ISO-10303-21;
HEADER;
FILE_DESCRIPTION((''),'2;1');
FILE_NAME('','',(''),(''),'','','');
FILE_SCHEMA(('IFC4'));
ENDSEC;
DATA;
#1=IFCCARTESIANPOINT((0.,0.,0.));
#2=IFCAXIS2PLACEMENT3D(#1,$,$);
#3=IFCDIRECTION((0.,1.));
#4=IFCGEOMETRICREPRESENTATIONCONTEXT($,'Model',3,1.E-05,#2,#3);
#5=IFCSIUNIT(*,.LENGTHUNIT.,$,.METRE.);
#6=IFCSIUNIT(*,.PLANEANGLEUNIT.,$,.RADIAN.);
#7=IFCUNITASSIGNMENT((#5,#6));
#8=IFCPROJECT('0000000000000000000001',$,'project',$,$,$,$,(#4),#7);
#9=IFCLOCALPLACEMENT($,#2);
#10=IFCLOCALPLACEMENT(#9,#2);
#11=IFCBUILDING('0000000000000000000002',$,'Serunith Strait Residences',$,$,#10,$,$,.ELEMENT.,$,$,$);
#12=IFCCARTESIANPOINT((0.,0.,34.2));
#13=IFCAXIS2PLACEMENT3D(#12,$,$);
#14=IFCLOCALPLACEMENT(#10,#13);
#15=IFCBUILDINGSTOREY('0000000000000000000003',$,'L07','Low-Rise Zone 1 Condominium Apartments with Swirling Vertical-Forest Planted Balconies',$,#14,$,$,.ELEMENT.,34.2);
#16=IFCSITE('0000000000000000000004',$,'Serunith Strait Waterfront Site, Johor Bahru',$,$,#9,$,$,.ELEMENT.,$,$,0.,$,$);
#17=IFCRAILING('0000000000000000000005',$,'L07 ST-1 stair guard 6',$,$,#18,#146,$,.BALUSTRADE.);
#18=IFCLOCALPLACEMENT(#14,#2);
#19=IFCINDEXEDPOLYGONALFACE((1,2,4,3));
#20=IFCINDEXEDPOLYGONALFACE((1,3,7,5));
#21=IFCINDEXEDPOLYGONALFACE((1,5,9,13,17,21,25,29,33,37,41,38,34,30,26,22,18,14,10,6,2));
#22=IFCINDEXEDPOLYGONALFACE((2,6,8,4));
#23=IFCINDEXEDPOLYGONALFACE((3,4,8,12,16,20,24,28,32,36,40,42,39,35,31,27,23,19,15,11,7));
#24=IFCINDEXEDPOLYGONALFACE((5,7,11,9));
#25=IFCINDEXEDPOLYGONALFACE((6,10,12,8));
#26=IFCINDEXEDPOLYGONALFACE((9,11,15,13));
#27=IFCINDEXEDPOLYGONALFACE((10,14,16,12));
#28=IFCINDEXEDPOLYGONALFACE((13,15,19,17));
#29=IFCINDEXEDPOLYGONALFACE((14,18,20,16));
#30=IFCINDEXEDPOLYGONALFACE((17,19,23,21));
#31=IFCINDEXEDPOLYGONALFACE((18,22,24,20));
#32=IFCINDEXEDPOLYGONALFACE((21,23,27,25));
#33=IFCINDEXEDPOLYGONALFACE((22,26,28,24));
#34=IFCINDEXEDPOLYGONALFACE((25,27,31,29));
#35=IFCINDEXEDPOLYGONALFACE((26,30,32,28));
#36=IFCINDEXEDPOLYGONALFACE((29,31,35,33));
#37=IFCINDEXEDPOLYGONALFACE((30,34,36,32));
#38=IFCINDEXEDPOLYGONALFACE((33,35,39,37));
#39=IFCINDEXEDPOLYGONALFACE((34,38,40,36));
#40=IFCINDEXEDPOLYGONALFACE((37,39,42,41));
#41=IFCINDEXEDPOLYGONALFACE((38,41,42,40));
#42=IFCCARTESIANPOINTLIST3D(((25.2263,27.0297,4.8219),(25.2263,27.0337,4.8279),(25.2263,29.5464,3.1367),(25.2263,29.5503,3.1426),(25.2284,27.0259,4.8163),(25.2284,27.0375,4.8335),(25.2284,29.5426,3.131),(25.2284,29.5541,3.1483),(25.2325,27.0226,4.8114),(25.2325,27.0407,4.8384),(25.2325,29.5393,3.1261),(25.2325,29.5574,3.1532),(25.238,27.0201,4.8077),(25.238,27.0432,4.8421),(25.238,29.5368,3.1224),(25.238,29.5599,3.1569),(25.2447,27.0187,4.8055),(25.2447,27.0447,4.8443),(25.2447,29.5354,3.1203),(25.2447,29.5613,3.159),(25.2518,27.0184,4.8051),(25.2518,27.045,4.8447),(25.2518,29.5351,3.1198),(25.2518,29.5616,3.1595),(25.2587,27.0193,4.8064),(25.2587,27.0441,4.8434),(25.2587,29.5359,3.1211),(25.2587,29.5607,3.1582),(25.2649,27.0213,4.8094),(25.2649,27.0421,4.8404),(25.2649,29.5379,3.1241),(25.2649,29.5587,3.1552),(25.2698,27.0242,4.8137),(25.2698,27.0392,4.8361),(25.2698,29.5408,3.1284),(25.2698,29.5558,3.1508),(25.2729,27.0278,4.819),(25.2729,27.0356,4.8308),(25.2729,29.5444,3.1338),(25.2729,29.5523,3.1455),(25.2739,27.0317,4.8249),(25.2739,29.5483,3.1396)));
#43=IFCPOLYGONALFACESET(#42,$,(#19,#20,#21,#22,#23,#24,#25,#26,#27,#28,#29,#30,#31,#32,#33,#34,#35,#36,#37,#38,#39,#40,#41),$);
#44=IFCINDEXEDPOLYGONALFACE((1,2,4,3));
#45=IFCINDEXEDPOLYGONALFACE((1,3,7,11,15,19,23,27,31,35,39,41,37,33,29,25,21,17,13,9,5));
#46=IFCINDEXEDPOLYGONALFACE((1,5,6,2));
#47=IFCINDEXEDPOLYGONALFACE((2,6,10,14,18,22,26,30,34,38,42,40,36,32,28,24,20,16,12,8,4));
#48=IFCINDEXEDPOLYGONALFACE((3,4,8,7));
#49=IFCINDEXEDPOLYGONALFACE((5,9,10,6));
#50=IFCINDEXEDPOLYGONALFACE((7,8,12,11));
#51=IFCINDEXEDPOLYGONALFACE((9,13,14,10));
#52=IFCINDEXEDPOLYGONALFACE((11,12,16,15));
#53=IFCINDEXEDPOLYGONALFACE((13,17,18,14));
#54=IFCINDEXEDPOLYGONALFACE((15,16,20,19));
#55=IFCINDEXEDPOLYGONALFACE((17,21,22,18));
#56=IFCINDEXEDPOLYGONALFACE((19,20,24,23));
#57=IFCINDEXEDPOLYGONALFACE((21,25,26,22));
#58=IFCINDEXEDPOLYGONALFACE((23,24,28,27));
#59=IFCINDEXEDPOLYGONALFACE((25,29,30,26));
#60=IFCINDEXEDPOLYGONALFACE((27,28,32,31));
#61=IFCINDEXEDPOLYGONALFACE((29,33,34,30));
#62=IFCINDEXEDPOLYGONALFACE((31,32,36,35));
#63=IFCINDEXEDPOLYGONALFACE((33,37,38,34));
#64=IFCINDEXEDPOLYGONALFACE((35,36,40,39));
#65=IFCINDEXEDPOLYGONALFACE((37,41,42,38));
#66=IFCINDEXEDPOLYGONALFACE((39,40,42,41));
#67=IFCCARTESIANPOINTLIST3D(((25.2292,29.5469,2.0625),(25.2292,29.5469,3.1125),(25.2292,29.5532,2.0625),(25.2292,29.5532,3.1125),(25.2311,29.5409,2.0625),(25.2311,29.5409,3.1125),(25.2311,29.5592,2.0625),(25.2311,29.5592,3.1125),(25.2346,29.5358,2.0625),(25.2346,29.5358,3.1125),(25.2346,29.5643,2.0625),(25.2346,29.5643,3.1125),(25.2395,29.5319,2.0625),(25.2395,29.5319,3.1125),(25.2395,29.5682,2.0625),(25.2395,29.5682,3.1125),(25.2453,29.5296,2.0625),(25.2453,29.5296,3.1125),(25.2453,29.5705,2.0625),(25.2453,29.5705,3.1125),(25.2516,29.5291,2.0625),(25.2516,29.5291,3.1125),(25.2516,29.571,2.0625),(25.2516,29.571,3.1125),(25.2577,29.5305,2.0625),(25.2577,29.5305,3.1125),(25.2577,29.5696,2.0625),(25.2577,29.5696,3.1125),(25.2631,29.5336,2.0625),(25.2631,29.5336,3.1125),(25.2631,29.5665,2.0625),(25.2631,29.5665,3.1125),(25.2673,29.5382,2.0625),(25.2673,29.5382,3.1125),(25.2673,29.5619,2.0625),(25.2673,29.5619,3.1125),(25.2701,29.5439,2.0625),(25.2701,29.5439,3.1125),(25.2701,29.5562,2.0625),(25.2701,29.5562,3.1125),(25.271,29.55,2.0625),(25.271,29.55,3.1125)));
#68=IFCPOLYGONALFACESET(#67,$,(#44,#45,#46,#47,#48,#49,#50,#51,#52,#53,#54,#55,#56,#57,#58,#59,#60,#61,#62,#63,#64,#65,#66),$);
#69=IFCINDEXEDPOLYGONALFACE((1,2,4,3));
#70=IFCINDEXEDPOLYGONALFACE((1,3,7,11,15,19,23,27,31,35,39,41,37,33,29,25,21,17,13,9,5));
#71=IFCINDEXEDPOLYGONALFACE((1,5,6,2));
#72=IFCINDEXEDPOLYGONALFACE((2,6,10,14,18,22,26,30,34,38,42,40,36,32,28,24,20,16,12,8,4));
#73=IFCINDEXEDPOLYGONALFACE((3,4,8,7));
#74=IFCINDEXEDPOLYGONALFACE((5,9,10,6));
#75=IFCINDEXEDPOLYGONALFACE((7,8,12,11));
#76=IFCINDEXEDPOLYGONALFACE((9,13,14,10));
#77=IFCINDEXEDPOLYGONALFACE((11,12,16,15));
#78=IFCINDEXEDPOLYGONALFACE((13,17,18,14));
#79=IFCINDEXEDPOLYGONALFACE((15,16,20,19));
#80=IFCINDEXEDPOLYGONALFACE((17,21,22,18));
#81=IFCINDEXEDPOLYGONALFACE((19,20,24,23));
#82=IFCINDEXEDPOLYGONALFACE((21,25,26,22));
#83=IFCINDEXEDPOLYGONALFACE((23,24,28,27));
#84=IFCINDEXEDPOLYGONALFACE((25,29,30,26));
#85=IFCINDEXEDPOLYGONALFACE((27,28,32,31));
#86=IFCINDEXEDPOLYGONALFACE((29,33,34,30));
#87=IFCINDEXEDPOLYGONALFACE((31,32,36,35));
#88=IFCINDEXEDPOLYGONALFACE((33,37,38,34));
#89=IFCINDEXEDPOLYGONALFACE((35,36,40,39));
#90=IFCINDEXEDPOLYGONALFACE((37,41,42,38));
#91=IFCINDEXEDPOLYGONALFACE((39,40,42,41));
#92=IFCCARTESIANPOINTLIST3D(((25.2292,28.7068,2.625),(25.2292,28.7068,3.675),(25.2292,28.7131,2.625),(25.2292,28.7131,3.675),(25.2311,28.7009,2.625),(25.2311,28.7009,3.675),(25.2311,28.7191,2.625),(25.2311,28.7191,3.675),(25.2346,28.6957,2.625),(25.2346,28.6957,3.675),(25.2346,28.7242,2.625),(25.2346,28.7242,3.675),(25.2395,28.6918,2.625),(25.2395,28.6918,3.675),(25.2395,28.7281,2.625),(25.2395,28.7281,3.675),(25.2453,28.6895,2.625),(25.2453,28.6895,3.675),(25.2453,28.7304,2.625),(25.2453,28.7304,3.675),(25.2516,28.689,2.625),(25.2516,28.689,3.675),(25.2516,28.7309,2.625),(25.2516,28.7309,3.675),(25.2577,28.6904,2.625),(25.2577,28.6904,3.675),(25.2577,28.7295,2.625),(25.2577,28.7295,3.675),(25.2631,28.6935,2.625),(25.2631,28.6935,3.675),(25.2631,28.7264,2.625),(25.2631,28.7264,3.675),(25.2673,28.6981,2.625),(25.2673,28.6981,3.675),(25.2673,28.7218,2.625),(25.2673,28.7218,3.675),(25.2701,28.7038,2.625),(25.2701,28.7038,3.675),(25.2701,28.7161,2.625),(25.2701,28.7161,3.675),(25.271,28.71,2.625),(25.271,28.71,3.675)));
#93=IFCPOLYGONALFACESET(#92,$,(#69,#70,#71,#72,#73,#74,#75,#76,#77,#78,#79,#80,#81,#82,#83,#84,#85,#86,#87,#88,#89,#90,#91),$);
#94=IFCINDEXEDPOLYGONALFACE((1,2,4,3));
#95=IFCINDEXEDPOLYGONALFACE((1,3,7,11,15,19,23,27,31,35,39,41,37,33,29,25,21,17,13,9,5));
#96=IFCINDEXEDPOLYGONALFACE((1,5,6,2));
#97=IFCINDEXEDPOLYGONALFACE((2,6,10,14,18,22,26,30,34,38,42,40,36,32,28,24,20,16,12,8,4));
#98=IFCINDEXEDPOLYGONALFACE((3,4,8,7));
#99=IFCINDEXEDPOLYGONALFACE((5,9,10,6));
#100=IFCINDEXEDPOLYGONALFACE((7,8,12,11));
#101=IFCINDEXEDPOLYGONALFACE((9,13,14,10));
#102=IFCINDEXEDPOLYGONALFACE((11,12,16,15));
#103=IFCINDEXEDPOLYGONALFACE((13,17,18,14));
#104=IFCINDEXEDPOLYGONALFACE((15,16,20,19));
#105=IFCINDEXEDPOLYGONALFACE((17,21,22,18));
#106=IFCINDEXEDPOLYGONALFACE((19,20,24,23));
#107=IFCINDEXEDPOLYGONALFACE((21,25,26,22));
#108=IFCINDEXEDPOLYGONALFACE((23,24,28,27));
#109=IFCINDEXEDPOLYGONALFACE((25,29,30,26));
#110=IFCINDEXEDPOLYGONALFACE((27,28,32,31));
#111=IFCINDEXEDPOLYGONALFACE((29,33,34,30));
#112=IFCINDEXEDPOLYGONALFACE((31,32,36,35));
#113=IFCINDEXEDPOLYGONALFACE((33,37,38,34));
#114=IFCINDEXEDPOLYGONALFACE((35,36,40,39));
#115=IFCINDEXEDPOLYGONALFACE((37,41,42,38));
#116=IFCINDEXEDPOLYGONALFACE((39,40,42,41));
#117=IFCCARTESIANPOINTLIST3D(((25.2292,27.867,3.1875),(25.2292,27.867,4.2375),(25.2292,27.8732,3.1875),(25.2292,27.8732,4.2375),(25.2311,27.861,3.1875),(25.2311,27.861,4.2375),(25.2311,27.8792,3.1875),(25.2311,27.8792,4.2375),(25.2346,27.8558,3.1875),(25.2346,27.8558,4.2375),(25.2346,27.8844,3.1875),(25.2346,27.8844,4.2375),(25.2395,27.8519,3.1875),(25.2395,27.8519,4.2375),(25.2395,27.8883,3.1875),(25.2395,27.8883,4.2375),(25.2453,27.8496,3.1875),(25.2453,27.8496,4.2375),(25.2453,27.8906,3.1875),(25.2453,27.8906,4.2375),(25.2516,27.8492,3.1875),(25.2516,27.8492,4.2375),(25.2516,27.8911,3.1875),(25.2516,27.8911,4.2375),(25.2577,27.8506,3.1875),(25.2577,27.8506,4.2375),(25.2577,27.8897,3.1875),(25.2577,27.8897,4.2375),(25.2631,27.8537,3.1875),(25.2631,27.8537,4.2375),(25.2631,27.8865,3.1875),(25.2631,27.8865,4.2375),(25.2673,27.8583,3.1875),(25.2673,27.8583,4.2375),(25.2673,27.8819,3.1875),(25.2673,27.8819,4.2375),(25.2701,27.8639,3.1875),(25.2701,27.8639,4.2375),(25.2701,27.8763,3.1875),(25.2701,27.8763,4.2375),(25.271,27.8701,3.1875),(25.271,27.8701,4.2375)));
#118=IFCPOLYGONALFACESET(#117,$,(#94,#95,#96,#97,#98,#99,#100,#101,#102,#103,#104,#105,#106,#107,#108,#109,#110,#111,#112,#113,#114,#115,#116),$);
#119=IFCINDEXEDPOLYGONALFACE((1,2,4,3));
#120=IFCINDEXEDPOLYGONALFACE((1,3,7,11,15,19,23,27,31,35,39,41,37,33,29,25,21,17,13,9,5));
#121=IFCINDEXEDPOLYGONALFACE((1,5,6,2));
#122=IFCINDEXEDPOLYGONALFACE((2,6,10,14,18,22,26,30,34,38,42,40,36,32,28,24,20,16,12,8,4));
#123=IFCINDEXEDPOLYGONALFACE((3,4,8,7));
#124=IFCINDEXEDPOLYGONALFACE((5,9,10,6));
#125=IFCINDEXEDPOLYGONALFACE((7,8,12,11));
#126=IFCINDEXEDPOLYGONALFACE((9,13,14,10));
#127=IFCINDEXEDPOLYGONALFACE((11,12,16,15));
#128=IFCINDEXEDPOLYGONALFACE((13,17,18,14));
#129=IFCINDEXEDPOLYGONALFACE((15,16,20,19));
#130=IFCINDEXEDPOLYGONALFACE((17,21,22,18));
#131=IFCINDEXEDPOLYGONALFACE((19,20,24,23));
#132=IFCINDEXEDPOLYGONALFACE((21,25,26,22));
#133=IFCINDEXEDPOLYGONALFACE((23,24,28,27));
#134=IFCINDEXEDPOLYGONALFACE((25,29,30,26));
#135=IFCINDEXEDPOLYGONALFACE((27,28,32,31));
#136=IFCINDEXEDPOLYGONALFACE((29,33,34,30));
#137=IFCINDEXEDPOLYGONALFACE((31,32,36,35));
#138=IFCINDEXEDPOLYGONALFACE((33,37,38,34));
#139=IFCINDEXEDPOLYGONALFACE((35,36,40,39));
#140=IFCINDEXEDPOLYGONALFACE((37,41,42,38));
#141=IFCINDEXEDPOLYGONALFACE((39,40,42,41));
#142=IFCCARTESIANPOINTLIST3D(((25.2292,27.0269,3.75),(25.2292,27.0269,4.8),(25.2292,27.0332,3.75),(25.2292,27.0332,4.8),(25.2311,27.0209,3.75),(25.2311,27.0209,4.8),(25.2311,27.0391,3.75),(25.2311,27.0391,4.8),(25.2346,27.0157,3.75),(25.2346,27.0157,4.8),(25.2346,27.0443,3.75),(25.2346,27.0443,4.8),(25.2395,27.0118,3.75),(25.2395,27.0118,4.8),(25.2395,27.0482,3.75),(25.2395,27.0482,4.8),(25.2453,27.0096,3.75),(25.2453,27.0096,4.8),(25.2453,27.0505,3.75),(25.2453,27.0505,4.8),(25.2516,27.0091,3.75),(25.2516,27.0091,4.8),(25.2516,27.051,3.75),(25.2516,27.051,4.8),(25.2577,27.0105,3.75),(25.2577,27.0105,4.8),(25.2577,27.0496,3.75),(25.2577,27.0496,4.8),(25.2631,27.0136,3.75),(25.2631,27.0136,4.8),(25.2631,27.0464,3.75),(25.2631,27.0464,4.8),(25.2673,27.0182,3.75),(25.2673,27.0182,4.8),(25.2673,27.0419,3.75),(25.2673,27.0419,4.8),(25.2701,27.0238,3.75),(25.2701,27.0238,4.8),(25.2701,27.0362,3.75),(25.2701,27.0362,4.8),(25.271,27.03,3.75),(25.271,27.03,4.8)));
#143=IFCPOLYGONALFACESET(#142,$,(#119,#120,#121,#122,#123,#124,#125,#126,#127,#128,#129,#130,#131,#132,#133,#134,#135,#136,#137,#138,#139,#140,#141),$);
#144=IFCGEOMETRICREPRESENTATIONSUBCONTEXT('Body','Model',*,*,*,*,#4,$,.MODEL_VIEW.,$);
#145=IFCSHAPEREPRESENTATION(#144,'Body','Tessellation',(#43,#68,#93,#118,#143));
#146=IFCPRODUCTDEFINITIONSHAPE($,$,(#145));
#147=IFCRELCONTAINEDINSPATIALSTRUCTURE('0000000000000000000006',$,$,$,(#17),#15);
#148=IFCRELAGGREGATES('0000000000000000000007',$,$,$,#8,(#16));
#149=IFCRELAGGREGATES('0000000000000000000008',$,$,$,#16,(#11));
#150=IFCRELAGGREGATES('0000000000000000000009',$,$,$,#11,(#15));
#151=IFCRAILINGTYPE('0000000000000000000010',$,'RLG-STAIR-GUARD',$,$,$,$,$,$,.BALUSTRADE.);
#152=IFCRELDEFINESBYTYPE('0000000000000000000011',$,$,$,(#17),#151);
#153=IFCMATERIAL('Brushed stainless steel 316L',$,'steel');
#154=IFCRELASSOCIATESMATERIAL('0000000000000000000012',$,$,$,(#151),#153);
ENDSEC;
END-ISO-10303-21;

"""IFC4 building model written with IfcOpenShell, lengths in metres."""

from ifc_helpers import new_model, si_unit, direction, frame, origin, origin_2d, place, context, subcontext, project, spatial, circle, extrude, material, type_object, element, save


model = new_model("IFC4")

# Units and contexts
model_context = context("Model", 3, precision=1e-05, world=origin(), true_north=direction((0.0, 1.0)))
body_context = subcontext(model_context, "Body", "Model", "MODEL_VIEW")
ifc_project = project(units=[si_unit("LENGTHUNIT", "METRE"), si_unit("PLANEANGLEUNIT", "RADIAN")], contexts=[model_context])

# Site, building, storey
site_placement = place(None, origin())
site = spatial("IfcSite", under=ifc_project, at=site_placement, Name="Serunith Strait Waterfront Site, Johor Bahru", CompositionType="ELEMENT", RefElevation=0.0)
building_placement = place(site_placement, origin())
building = spatial("IfcBuilding", under=site, at=building_placement, Name="Serunith Strait Residences", CompositionType="ELEMENT")
storey_placement = place(building_placement, frame((0.0, 0.0, 34.2)))
storey = spatial("IfcBuildingStorey", under=building, at=storey_placement, Name="L07", Description="Low-Rise Zone 1 Condominium Apartments with Swirling Vertical-Forest Planted Balconies", CompositionType="ELEMENT", Elevation=34.2)

# Railing
ifc_material_1 = material(Name="Brushed stainless steel 316L", Category="steel")
railing_type_1 = type_object("IfcRailingType", Name="RLG-STAIR-GUARD", PredefinedType="BALUSTRADE", material=ifc_material_1)
railing_1_placement = place(storey_placement, frame((25.25, 29.55, 2.0625)))
element("IfcRailing", 1, at=railing_1_placement, inside=storey, type_object=railing_type_1, Name="L07 ST-1 stair guard 6", PredefinedType="BALUSTRADE", context=body_context, shape_type="SweptSolid", body=[
    extrude(circle(Radius=0.0239, at=origin_2d()), frame((0.0, -0.0017, 1.0771), z_axis=(0.0, -0.830909, 0.556408), x_axis=(1.0, 0.0, 0.0)), (0.0, 0.0, 1.0), 3.0288),
    extrude(circle(Radius=0.021, at=origin_2d()), origin(), (0.0, 0.0, 1.0), 1.05),
    extrude(circle(Radius=0.021, at=origin_2d()), frame((0.0, -0.8401, 0.5625)), (0.0, 0.0, 1.0), 1.05),
    extrude(circle(Radius=0.021, at=origin_2d()), frame((0.0, -1.6799, 1.125)), (0.0, 0.0, 1.0), 1.05),
    extrude(circle(Radius=0.021, at=origin_2d()), frame((0.0, -2.52, 1.6875)), (0.0, 0.0, 1.0), 1.05),
])

save(model, "model.ifc")
